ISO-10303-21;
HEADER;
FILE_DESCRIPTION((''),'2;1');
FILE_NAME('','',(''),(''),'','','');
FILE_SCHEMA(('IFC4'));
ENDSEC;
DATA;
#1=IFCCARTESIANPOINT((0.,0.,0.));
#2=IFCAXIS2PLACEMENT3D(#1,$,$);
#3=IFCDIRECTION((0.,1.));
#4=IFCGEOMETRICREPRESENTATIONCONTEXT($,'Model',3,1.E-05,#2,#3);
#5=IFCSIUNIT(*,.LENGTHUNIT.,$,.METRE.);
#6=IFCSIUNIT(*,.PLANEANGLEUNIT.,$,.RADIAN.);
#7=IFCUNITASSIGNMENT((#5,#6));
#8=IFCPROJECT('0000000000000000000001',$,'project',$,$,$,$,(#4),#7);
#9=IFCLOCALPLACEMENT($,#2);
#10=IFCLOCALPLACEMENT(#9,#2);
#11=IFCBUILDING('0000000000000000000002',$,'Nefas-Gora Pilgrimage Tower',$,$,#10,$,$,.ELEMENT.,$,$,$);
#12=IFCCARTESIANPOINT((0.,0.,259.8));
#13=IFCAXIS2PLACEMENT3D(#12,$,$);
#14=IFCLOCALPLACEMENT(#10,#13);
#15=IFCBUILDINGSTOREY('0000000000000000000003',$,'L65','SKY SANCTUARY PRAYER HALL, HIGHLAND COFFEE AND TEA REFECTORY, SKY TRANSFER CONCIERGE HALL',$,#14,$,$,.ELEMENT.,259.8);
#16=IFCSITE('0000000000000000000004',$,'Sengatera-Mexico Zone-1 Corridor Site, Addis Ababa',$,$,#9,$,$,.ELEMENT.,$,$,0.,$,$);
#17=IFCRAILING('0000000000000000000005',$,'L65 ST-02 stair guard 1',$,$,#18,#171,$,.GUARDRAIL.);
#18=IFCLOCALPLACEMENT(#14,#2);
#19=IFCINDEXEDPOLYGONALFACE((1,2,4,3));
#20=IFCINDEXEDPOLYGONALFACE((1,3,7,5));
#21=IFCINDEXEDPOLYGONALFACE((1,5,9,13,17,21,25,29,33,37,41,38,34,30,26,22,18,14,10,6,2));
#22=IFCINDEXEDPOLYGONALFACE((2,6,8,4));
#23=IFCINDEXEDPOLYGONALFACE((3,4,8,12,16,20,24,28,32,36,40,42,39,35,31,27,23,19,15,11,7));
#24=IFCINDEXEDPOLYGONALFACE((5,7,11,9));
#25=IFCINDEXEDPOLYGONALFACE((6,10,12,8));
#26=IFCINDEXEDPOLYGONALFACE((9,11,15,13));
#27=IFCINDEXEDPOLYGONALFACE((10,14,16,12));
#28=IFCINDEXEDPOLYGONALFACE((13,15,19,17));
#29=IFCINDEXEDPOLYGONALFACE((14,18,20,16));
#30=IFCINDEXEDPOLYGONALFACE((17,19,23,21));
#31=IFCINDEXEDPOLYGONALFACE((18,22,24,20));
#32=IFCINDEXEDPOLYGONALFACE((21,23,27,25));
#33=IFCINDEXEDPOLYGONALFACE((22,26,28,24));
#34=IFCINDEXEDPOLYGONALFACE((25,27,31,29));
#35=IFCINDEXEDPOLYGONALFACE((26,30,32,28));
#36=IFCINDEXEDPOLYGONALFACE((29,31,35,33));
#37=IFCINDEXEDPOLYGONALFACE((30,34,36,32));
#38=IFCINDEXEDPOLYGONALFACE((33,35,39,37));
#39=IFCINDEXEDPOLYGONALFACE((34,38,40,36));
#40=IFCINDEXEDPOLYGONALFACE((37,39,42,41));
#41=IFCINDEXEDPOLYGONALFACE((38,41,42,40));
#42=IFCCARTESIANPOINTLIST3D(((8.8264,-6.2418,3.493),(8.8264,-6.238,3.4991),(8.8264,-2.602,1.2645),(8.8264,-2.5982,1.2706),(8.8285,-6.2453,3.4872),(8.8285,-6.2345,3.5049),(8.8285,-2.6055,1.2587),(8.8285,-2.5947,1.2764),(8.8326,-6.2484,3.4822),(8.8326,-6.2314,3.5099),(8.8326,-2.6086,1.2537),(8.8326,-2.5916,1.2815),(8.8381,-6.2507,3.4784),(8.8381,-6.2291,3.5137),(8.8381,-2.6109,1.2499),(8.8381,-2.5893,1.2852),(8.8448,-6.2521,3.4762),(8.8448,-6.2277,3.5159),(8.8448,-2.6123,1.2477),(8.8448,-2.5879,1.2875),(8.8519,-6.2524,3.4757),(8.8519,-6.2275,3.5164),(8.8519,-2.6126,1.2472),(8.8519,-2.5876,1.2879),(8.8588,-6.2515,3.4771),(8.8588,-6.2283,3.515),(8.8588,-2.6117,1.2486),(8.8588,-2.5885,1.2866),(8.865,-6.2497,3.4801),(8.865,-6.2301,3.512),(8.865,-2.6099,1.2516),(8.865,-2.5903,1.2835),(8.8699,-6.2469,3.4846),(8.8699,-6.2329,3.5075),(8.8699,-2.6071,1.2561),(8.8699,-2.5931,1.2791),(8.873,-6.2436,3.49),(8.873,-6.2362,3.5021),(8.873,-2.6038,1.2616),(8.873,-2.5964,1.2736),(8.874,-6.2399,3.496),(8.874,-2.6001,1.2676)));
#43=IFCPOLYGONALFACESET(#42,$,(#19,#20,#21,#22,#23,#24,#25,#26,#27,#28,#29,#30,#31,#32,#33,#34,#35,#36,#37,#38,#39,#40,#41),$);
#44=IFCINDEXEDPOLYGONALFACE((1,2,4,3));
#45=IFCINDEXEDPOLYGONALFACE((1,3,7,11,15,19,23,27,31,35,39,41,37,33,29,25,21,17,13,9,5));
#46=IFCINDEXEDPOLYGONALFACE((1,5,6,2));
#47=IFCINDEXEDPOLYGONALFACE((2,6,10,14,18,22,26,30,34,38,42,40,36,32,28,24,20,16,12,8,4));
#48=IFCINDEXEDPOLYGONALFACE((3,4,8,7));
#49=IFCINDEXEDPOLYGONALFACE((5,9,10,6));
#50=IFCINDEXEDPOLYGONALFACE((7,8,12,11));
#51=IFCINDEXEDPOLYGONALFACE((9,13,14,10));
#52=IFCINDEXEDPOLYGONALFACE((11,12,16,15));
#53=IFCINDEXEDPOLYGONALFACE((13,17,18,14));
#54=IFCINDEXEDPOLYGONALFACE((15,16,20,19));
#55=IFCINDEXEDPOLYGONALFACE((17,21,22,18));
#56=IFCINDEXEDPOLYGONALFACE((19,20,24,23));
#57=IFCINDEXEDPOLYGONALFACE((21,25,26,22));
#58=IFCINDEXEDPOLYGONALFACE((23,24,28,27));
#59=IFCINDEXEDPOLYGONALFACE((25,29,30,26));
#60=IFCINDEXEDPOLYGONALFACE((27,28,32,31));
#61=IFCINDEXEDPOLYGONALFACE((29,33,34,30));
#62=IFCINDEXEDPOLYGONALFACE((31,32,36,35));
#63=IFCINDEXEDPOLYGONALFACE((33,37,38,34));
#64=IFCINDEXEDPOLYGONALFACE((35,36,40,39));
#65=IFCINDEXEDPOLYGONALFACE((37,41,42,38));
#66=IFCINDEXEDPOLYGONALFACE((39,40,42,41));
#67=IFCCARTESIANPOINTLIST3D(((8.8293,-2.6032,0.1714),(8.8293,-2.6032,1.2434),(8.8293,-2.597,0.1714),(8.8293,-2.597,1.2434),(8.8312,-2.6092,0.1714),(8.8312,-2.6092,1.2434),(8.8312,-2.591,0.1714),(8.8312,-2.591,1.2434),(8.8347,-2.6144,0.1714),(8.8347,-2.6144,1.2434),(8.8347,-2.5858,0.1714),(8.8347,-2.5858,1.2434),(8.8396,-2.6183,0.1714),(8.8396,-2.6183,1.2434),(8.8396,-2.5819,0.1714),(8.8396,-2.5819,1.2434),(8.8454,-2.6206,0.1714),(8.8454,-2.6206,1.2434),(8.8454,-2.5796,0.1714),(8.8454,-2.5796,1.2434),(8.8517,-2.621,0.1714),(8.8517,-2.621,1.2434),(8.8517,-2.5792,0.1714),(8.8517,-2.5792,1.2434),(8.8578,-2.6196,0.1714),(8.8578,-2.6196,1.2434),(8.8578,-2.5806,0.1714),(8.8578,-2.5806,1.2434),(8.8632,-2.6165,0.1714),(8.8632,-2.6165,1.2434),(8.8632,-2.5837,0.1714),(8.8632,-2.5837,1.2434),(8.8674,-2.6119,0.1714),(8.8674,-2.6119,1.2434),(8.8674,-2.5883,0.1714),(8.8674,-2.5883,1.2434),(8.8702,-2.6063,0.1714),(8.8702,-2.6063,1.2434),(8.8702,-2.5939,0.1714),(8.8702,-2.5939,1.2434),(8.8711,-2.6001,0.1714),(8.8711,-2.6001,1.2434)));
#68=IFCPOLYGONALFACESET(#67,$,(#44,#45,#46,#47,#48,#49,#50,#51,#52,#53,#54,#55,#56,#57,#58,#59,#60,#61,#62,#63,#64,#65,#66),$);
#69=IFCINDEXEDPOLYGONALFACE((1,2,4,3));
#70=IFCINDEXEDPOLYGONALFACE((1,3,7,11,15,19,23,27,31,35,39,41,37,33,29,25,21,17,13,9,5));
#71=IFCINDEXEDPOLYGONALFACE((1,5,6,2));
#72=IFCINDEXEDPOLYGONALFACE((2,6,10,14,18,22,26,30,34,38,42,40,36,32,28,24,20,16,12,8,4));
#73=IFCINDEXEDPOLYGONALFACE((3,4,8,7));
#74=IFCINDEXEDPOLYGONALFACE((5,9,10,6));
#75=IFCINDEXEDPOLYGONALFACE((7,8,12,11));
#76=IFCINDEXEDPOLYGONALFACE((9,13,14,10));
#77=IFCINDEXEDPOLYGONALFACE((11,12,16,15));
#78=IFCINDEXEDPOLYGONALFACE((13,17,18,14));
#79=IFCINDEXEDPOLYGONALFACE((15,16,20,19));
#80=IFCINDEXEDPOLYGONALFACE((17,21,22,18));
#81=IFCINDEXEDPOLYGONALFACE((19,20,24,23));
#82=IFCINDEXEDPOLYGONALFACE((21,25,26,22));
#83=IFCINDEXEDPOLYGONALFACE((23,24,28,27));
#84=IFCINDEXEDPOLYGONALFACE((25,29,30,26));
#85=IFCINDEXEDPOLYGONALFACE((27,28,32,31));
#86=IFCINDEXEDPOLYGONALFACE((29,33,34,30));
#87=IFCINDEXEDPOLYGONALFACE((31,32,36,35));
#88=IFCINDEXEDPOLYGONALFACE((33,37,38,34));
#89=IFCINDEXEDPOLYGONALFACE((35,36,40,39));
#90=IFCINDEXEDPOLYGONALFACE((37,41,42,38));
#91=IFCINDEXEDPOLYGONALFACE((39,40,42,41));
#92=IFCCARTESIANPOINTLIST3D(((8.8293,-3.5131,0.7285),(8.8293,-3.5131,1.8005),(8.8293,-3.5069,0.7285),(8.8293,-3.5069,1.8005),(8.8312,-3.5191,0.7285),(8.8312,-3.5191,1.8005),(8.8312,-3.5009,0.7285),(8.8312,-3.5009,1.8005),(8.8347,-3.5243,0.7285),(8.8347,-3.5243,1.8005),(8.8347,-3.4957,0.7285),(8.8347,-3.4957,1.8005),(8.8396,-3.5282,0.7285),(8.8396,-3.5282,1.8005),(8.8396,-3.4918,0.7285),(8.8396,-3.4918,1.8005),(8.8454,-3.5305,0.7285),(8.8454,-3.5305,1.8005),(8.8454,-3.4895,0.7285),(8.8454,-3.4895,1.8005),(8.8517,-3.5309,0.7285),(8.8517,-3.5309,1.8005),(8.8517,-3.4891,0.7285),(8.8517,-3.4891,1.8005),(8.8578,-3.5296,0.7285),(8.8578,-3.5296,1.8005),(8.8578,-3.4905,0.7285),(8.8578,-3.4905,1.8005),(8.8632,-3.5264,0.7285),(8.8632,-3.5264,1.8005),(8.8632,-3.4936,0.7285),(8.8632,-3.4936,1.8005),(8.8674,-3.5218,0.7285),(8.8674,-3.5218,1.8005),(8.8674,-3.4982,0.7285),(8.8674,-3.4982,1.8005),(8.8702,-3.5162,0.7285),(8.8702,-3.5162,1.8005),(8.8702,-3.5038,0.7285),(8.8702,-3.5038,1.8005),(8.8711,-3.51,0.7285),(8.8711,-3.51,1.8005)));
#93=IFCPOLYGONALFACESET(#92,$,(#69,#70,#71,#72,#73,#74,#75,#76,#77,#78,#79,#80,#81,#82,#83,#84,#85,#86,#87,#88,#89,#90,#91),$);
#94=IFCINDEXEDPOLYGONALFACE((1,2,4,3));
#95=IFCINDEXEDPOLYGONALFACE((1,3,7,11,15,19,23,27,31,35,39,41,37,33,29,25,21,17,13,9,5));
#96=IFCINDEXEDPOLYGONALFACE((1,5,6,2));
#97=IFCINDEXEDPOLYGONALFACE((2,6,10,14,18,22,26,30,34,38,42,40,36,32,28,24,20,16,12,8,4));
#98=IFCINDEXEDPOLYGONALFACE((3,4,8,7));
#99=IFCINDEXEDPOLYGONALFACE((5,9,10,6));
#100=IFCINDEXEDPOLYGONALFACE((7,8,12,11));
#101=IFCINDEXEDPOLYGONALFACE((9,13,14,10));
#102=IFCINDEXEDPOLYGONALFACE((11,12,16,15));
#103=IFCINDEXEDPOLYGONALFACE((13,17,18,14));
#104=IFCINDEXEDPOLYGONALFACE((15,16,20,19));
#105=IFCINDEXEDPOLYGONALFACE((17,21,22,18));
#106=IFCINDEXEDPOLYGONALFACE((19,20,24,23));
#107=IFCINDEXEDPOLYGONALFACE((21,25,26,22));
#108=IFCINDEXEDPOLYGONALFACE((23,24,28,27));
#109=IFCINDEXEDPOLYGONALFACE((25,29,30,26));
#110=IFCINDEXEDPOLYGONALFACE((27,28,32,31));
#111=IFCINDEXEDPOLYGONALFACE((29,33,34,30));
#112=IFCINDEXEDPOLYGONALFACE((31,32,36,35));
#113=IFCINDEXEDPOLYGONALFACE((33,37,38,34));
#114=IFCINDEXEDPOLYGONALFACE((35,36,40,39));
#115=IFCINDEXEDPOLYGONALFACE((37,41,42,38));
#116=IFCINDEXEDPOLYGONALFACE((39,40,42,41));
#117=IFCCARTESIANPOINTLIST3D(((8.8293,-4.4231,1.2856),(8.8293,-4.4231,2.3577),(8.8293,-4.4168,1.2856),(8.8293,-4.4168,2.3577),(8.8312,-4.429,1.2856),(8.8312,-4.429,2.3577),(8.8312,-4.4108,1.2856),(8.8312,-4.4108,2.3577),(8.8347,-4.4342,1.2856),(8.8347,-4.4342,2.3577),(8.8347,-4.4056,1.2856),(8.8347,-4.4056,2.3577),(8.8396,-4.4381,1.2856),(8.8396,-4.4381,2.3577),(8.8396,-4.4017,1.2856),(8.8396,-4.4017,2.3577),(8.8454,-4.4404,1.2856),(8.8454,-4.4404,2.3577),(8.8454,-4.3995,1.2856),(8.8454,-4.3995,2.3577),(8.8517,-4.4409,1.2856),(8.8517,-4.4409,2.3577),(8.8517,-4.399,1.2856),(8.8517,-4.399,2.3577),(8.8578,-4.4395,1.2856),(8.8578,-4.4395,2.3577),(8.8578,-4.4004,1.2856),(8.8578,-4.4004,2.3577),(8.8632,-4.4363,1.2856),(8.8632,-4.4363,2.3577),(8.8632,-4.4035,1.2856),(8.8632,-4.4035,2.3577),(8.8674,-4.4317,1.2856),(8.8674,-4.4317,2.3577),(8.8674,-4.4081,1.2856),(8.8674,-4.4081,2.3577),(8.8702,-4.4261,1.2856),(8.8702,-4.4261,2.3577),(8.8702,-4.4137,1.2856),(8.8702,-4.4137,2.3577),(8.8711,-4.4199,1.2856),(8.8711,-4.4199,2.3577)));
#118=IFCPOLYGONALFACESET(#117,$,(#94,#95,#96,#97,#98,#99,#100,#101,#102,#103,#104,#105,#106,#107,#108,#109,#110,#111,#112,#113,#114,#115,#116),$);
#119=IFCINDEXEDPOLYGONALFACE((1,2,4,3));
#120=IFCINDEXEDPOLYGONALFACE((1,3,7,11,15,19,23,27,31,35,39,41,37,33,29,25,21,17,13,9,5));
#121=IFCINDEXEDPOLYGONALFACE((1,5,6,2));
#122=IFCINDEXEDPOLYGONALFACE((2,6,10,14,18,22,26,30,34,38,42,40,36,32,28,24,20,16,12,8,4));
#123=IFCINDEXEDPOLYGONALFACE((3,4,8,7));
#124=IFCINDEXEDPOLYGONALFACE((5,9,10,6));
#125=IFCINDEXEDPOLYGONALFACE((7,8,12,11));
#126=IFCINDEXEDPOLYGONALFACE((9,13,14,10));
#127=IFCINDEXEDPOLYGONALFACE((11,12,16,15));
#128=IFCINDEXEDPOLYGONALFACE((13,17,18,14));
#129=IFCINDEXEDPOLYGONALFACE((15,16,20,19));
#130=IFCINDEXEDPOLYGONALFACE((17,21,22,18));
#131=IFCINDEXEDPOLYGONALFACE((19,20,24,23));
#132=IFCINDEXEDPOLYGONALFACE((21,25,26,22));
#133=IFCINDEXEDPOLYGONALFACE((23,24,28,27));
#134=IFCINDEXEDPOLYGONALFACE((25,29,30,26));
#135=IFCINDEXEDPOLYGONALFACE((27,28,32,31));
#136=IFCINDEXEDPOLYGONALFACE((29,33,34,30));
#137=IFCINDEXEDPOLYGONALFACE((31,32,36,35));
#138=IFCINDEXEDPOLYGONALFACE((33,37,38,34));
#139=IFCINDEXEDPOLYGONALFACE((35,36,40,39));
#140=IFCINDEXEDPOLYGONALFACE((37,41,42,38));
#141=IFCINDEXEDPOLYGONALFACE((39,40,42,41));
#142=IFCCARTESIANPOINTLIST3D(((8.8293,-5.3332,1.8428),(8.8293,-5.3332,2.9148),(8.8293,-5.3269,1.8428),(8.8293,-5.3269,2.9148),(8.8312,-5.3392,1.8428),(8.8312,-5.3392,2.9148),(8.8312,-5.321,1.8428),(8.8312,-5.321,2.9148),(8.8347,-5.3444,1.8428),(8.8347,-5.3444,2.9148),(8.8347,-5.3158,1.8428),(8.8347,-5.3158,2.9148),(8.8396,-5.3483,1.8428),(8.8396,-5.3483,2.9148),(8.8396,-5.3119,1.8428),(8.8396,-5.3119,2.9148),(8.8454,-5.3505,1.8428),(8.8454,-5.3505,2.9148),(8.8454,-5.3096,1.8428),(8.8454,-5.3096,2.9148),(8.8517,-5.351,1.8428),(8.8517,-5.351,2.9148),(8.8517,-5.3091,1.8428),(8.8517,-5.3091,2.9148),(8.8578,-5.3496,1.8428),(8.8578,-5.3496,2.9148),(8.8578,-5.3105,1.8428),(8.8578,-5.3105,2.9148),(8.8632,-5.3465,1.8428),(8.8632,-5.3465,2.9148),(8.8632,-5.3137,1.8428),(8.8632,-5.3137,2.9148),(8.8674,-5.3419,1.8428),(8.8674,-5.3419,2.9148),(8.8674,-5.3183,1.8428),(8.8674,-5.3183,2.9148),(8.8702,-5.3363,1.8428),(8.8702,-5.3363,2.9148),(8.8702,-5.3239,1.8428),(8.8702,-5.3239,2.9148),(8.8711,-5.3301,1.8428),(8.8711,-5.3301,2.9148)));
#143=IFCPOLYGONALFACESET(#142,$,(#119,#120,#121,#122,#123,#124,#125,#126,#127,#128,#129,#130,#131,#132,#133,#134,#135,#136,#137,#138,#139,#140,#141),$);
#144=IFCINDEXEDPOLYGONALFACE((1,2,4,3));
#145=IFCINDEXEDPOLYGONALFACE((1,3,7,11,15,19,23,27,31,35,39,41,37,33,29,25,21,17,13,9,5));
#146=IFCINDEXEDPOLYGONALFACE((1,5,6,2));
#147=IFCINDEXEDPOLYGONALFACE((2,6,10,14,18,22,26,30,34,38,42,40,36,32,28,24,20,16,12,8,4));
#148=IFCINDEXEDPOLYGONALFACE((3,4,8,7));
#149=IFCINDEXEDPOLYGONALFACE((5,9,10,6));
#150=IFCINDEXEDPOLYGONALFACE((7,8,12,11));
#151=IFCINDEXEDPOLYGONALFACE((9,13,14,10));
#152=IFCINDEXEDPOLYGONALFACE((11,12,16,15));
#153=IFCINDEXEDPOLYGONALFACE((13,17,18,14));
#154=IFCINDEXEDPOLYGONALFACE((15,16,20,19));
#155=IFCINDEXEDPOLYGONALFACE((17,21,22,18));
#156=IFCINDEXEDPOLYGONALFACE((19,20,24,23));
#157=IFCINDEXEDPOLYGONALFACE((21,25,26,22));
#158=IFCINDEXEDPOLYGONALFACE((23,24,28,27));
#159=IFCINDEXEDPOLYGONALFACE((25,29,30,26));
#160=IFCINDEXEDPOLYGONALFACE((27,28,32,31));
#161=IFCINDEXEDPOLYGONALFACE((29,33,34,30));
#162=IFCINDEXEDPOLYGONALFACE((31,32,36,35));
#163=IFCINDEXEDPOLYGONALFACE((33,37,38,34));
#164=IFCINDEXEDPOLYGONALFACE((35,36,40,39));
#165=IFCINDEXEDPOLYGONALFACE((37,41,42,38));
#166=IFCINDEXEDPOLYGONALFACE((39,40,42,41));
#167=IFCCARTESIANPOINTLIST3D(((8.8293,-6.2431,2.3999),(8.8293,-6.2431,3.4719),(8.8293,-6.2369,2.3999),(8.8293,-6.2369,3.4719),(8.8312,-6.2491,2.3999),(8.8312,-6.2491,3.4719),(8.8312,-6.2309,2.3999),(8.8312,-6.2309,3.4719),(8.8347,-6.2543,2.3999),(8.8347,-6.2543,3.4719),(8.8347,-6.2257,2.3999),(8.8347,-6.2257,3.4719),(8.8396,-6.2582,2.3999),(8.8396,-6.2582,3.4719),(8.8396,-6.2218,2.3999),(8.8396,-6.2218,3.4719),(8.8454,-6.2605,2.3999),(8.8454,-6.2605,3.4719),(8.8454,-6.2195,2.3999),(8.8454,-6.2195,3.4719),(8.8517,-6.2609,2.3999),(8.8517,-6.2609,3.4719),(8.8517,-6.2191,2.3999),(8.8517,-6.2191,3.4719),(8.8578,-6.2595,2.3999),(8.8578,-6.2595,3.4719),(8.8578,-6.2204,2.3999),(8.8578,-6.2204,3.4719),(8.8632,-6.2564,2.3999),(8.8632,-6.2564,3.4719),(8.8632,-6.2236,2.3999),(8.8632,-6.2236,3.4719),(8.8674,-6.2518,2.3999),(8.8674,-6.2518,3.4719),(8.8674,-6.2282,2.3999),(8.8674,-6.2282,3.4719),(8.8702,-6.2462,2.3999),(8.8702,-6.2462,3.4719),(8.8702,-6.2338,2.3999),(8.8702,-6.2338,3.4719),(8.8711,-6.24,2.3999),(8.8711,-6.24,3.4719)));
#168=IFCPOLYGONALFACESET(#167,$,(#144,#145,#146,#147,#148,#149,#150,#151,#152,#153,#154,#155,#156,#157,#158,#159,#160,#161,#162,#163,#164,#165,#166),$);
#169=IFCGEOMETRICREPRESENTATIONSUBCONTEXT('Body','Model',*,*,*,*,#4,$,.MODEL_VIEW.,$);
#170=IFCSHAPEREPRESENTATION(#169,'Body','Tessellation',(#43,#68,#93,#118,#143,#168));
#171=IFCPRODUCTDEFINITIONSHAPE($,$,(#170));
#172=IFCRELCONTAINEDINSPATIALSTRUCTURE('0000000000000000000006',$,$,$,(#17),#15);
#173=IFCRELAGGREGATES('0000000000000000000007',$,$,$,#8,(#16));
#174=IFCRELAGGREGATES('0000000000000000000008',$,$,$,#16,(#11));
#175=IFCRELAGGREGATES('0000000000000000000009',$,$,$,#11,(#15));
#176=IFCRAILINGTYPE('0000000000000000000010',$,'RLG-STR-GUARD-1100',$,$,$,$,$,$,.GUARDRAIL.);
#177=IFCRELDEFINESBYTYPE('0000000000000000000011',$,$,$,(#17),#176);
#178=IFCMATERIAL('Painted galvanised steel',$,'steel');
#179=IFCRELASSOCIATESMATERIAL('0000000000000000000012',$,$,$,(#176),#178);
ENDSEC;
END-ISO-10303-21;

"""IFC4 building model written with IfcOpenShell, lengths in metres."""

from ifc_helpers import new_model, si_unit, direction, frame, origin, origin_2d, place, context, subcontext, project, spatial, circle, extrude, material, type_object, element, save


model = new_model("IFC4")

# Units and contexts
model_context = context("Model", 3, precision=1e-05, world=origin(), true_north=direction((0.0, 1.0)))
body_context = subcontext(model_context, "Body", "Model", "MODEL_VIEW")
ifc_project = project(units=[si_unit("LENGTHUNIT", "METRE"), si_unit("PLANEANGLEUNIT", "RADIAN")], contexts=[model_context])

# Site, building, storey
site_placement = place(None, origin())
site = spatial("IfcSite", under=ifc_project, at=site_placement, Name="Sengatera-Mexico Zone-1 Corridor Site, Addis Ababa", CompositionType="ELEMENT", RefElevation=0.0)
building_placement = place(site_placement, origin())
building = spatial("IfcBuilding", under=site, at=building_placement, Name="Nefas-Gora Pilgrimage Tower", CompositionType="ELEMENT")
storey_placement = place(building_placement, frame((0.0, 0.0, 259.8)))
storey = spatial("IfcBuildingStorey", under=building, at=storey_placement, Name="L65", Description="SKY SANCTUARY PRAYER HALL, HIGHLAND COFFEE AND TEA REFECTORY, SKY TRANSFER CONCIERGE HALL", CompositionType="ELEMENT", Elevation=259.8)

# Railing
ifc_material_1 = material(Name="Painted galvanised steel", Category="steel")
railing_type_1 = type_object("IfcRailingType", Name="RLG-STR-GUARD-1100", PredefinedType="GUARDRAIL", material=ifc_material_1)
railing_1_placement = place(storey_placement, frame((8.8501, -2.6001, 0.1714)))
element("IfcRailing", 1, at=railing_1_placement, inside=storey, type_object=railing_type_1, Name="L65 ST-02 stair guard 1", PredefinedType="GUARDRAIL", context=body_context, shape_type="SweptSolid", body=[
    extrude(circle(Radius=0.0239, at=origin_2d()), frame((0.0, 0.0, 1.0962), z_axis=(0.0, -0.85285, 0.522156), x_axis=(1.0, 0.0, 0.0)), (0.0, 0.0, 1.0), 4.2678),
    extrude(circle(Radius=0.021, at=origin_2d()), origin(), (0.0, 0.0, 1.0), 1.072),
    extrude(circle(Radius=0.021, at=origin_2d()), frame((0.0, -0.9099, 0.5571)), (0.0, 0.0, 1.0), 1.072),
    extrude(circle(Radius=0.021, at=origin_2d()), frame((0.0, -1.8198, 1.1143)), (0.0, 0.0, 1.0), 1.072),
    extrude(circle(Radius=0.021, at=origin_2d()), frame((0.0, -2.73, 1.6714)), (0.0, 0.0, 1.0), 1.072),
    extrude(circle(Radius=0.021, at=origin_2d()), frame((0.0, -3.6399, 2.2285)), (0.0, 0.0, 1.0), 1.072),
])

save(model, "model.ifc")
